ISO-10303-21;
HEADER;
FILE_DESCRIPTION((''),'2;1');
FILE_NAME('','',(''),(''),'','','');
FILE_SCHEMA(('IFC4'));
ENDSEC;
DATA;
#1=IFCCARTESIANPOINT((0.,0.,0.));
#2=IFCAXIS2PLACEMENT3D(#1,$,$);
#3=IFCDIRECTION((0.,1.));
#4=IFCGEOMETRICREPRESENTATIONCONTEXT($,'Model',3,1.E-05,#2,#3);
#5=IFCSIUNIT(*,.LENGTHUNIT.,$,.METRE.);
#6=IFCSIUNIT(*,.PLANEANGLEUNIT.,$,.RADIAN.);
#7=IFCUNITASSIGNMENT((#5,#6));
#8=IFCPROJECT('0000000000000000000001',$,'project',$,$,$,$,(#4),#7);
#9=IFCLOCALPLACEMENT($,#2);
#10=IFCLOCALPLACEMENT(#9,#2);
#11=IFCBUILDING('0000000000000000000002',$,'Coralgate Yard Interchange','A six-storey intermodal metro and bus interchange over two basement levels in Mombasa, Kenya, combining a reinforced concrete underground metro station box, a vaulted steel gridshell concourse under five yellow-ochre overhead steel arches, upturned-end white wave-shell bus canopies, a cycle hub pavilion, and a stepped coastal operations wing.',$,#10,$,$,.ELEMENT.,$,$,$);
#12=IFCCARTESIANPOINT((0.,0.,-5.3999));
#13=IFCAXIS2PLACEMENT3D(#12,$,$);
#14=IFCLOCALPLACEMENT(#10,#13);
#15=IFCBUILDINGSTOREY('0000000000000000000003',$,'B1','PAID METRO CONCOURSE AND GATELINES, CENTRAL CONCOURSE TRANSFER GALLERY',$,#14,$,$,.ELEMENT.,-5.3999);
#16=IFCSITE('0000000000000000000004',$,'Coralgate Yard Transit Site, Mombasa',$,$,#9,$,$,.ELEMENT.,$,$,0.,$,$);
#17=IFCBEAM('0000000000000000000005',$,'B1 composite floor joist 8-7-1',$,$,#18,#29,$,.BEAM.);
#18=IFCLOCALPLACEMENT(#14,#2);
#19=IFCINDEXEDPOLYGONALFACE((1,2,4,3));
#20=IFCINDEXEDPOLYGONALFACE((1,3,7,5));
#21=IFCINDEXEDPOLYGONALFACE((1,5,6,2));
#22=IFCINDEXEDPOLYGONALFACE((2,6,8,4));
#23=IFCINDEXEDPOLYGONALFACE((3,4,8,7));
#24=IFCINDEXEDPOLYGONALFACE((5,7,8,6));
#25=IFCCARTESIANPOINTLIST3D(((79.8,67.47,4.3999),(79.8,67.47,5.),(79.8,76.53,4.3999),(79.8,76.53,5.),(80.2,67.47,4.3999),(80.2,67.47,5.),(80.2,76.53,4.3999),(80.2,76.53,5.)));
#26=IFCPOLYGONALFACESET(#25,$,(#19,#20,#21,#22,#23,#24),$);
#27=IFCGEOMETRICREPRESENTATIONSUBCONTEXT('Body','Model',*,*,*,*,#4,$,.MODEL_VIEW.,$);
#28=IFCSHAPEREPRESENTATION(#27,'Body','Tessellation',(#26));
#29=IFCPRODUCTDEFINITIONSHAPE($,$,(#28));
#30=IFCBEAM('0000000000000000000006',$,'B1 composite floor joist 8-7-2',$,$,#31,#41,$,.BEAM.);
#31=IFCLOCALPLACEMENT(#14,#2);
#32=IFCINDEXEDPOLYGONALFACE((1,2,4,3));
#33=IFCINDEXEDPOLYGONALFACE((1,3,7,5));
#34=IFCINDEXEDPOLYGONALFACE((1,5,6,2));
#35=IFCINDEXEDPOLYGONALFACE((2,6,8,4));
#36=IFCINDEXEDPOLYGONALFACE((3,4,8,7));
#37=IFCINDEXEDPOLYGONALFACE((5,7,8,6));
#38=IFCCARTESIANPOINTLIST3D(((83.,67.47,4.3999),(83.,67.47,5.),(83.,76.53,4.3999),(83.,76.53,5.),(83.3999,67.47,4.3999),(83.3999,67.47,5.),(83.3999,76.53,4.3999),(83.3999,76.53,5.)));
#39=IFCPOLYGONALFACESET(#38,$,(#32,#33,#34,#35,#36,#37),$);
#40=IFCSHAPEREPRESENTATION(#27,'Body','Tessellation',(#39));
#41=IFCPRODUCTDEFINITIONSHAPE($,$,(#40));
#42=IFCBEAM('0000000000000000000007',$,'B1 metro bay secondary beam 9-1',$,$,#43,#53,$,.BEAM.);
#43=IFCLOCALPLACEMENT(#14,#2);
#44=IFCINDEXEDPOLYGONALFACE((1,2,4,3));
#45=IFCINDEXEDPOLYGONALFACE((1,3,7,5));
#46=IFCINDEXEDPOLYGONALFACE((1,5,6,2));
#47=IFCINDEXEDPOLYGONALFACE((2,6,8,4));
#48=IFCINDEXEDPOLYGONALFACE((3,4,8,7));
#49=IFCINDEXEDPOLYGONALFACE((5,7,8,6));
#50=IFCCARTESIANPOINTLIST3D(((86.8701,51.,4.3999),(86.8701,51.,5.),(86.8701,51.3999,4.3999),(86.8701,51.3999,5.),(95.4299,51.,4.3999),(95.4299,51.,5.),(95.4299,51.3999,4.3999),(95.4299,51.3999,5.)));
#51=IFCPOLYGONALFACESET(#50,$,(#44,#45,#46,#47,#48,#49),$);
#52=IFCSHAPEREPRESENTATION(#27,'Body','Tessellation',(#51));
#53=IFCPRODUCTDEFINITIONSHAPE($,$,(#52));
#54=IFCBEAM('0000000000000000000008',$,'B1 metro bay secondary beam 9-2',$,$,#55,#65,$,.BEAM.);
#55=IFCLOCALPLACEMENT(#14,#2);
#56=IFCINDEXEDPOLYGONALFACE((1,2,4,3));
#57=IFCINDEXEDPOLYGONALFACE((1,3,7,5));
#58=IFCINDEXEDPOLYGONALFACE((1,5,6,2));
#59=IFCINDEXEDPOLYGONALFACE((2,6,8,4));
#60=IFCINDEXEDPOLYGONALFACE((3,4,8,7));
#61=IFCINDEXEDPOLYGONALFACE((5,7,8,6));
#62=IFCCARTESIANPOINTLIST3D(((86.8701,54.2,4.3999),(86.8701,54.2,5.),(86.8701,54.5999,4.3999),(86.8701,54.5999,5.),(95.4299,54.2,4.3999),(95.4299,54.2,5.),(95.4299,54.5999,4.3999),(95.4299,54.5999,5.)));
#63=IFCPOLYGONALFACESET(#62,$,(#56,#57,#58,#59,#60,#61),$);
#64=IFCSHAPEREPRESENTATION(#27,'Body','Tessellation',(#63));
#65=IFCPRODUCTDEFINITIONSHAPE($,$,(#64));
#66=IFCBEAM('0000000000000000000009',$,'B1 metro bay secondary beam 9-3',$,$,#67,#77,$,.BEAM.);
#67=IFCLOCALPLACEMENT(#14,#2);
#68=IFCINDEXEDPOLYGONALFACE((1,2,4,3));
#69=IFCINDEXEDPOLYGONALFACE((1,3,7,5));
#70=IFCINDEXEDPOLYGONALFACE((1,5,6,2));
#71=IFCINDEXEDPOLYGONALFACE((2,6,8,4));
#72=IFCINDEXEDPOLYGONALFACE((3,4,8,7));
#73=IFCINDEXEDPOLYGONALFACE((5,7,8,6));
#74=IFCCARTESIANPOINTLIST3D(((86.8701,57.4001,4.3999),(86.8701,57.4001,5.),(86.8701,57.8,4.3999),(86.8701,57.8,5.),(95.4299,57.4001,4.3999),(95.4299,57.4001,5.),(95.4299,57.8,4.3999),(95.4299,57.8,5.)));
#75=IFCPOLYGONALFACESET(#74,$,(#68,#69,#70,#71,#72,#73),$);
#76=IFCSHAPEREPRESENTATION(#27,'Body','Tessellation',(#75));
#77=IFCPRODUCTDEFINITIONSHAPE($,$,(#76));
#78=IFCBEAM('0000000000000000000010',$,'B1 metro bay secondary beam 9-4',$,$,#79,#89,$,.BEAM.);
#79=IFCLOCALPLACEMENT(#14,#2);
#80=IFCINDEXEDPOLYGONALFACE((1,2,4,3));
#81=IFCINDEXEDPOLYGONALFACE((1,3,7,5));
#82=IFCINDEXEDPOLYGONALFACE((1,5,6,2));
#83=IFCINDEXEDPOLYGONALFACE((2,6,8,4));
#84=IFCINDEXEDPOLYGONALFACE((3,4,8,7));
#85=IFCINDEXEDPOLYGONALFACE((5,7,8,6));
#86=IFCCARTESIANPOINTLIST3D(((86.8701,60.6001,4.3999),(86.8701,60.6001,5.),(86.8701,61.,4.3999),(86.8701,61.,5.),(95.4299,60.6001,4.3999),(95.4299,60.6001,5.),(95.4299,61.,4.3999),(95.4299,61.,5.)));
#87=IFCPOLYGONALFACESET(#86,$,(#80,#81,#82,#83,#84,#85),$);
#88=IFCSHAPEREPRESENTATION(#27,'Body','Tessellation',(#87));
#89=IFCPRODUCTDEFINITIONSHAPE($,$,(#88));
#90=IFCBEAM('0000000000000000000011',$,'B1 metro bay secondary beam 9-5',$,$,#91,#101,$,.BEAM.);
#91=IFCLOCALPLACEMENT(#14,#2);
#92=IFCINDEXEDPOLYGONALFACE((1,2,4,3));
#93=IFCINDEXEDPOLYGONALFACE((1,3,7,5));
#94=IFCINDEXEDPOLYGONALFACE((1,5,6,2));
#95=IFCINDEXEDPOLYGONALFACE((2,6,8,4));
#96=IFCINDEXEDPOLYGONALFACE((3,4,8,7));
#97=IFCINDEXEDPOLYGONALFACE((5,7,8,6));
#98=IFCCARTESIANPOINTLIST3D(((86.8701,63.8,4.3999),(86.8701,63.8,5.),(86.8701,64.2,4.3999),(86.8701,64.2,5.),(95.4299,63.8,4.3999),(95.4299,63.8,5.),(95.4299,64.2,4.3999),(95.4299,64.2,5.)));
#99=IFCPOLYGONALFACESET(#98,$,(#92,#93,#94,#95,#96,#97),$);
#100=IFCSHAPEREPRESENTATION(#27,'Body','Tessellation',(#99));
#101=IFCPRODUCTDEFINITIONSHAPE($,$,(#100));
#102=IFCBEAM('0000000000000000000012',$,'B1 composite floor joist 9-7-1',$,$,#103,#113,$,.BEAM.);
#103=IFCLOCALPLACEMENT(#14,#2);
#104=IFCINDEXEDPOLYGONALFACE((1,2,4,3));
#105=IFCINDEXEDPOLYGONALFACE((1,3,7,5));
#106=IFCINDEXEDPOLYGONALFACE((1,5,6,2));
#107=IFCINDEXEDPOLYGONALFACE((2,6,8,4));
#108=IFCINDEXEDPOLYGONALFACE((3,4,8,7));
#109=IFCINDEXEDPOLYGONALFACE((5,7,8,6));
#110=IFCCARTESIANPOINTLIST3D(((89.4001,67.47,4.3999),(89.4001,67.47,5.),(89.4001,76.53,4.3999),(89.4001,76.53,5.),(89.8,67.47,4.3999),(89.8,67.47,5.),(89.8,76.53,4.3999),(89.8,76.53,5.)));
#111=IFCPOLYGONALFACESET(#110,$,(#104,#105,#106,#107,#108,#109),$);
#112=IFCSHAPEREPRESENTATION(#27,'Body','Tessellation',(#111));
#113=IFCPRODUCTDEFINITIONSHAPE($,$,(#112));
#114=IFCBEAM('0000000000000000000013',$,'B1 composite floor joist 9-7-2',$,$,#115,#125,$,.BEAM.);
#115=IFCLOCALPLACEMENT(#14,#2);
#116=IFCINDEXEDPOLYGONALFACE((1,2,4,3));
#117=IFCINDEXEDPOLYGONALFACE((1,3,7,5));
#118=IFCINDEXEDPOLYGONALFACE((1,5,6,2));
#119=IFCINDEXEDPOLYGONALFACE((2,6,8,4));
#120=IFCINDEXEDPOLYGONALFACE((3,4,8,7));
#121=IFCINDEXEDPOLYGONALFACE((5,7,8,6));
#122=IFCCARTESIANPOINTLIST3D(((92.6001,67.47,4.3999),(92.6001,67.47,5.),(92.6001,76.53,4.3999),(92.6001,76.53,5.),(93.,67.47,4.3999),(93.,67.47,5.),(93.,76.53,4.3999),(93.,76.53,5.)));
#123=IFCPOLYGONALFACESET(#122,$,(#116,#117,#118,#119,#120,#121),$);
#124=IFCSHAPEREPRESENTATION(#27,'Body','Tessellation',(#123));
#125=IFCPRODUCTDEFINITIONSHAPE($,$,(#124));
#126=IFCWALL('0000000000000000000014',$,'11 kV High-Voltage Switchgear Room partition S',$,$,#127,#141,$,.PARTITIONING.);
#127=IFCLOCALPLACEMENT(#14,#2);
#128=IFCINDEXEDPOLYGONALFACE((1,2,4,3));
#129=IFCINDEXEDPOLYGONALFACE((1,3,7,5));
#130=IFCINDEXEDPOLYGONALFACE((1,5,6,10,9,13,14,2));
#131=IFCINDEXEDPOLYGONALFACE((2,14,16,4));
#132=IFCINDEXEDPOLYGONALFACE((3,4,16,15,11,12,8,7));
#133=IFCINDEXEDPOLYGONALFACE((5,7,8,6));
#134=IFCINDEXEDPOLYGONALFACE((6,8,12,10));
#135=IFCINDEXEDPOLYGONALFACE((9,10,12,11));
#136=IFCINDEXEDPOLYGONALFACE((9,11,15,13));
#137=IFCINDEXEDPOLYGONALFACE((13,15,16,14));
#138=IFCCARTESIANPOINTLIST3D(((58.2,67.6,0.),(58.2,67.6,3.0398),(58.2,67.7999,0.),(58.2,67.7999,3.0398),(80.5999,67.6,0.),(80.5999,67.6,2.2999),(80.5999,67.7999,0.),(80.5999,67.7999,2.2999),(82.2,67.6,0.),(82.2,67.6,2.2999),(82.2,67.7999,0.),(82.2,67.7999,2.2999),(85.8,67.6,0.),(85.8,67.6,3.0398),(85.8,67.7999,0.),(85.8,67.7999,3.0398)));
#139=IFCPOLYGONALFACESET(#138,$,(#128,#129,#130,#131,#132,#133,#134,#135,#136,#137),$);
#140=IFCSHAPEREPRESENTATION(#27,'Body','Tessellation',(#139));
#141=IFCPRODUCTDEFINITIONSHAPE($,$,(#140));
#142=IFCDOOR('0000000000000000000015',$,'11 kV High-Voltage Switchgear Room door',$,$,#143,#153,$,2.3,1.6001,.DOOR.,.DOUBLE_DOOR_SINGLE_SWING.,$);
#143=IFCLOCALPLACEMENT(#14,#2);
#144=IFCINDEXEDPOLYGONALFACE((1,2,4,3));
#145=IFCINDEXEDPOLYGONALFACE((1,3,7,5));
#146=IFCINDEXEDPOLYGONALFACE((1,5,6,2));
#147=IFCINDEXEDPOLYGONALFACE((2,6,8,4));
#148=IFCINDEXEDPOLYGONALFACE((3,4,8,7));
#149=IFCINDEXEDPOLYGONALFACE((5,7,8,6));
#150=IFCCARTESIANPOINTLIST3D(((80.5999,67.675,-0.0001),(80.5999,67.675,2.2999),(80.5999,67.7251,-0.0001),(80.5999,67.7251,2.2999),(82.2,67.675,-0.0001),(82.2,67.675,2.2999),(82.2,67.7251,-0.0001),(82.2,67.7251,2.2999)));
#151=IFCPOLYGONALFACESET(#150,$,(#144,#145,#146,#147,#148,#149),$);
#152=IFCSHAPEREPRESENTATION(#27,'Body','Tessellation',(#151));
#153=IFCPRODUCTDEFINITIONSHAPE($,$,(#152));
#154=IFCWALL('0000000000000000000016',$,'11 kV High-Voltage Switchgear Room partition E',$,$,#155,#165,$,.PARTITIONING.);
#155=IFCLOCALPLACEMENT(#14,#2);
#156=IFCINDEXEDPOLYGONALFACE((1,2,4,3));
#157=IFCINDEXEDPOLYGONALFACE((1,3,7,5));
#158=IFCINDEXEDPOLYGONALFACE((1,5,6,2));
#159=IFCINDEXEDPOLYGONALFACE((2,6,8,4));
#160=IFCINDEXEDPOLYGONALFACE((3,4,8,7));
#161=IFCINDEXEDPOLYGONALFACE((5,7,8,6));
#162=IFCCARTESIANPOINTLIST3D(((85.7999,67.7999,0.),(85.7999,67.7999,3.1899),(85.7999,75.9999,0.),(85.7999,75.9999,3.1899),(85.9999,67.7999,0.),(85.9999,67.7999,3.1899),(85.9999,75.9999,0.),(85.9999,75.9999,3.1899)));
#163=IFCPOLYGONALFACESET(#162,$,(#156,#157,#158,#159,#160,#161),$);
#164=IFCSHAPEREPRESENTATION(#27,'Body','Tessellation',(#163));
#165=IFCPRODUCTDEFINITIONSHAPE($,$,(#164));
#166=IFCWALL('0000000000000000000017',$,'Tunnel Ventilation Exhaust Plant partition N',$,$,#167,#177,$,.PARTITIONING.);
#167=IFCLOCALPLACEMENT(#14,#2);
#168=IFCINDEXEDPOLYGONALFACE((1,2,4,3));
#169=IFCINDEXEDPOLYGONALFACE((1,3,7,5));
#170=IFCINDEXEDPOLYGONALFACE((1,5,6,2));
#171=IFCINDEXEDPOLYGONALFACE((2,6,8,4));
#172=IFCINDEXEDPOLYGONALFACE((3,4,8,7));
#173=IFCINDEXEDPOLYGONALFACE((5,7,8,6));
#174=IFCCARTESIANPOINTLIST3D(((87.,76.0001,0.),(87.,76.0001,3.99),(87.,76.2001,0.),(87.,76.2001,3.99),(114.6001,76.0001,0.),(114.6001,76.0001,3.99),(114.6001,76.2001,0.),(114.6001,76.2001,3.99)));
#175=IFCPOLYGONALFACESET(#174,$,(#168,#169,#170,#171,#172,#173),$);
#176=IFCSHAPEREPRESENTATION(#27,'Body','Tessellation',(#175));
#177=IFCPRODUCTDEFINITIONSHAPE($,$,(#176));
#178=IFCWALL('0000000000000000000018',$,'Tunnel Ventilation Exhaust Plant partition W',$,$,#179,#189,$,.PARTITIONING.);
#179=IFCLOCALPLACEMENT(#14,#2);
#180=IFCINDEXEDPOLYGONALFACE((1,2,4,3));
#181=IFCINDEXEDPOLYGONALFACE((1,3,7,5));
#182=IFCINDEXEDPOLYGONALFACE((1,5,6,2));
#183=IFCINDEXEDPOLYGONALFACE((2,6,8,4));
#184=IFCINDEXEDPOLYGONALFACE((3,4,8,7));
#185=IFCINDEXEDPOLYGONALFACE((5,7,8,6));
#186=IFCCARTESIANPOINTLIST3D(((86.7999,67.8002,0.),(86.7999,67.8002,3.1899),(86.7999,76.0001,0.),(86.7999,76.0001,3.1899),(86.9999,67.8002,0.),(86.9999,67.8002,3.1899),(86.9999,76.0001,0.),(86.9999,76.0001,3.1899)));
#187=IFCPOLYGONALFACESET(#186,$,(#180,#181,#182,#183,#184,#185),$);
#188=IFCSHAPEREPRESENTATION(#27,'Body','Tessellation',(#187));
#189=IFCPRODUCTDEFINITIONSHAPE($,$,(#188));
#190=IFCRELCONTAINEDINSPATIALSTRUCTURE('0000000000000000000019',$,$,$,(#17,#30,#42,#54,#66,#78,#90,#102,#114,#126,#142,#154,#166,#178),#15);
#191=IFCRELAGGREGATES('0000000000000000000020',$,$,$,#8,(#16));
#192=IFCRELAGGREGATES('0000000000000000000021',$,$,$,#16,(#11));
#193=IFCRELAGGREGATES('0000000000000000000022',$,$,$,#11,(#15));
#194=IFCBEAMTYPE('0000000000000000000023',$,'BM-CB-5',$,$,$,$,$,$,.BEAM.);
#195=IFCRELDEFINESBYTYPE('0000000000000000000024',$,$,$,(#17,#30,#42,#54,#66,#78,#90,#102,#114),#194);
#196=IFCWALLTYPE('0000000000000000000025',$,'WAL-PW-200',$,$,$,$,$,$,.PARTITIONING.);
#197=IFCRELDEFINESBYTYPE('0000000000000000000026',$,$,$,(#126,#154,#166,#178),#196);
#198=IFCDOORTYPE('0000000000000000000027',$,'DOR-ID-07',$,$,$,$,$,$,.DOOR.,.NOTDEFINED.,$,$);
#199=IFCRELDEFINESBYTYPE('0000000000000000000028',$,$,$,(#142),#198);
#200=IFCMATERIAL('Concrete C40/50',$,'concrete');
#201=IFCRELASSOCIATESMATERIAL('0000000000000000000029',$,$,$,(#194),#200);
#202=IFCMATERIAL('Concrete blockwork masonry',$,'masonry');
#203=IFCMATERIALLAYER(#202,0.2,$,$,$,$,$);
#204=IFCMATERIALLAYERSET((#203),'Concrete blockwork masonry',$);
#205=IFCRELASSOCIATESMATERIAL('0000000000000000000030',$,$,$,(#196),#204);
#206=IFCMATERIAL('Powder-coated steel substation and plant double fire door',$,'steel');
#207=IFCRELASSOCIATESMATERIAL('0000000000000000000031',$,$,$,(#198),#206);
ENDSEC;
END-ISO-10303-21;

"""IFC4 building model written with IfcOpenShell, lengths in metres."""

from ifc_helpers import new_model, si_unit, direction, frame, frame_2d, origin, origin_2d, place, context, subcontext, project, spatial, rectangle, extrude, material, layer, layer_set, material_profile, profile_set, type_object, element, fill, save


model = new_model("IFC4")

# Units and contexts
model_context = context("Model", 3, precision=1e-05, world=origin(), true_north=direction((0.0, 1.0)))
body_context = subcontext(model_context, "Body", "Model", "MODEL_VIEW")
ifc_project = project(units=[si_unit("LENGTHUNIT", "METRE"), si_unit("PLANEANGLEUNIT", "RADIAN")], contexts=[model_context])

# Site, building, storey
site_placement = place(None, origin())
site = spatial("IfcSite", under=ifc_project, at=site_placement, Name="Coralgate Yard Transit Site, Mombasa", CompositionType="ELEMENT", RefElevation=0.0)
building_placement = place(site_placement, origin())
building = spatial("IfcBuilding", under=site, at=building_placement, Name="Coralgate Yard Interchange", Description="A six-storey intermodal metro and bus interchange over two basement levels in Mombasa, Kenya, combining a reinforced concrete underground metro station box, a vaulted steel gridshell concourse under five yellow-ochre overhead steel arches, upturned-end white wave-shell bus canopies, a cycle hub pavilion, and a stepped coastal operations wing.", CompositionType="ELEMENT")
storey_placement = place(building_placement, frame((0.0, 0.0, -5.3999)))
storey = spatial("IfcBuildingStorey", under=building, at=storey_placement, Name="B1", Description="PAID METRO CONCOURSE AND GATELINES, CENTRAL CONCOURSE TRANSFER GALLERY", CompositionType="ELEMENT", Elevation=-5.3999)

# Shared definitions
ifc_material_1 = material(Name="Concrete C40/50", Category="concrete")

# Beams
ifc_material_profile_1 = material_profile(ifc_material_1, rectangle(XDim=0.3999, YDim=0.6001, at=origin_2d()), Name="RC 400x600")
ifc_profile_set_1 = profile_set([ifc_material_profile_1], Name="Concrete C40/50")
beam_type_1 = type_object("IfcBeamType", Name="BM-CB-5", PredefinedType="BEAM", material=ifc_profile_set_1)
for number, where, z_axis, x_axis, name in (
    (1, (80.0, 67.47, 4.7), (0.0, 1.0, 0.0), (-1.0, 0.0, 0.0), "B1 composite floor joist 8-7-1"),
    (2, (83.2, 67.47, 4.7), (0.0, 1.0, 0.0), (-1.0, 0.0, 0.0), "B1 composite floor joist 8-7-2"),
):
    element("IfcBeam", number, at=place(storey_placement, frame(where, z_axis=z_axis, x_axis=x_axis)), inside=storey, type_object=beam_type_1, Name=name, PredefinedType="BEAM", context=body_context, shape_type="SweptSolid", body=[
        extrude(rectangle(XDim=0.3999, YDim=0.6001, at=origin_2d()), origin(), (0.0, 0.0, 1.0), 9.0601),
    ])
for number, where, z_axis, x_axis, name in (
    (3, (86.8701, 51.2, 4.7), (1.0, 0.0, 0.0), (0.0, 1.0, 0.0), "B1 metro bay secondary beam 9-1"),
    (4, (86.8701, 54.3999, 4.7), (1.0, 0.0, 0.0), (0.0, 1.0, 0.0), "B1 metro bay secondary beam 9-2"),
    (5, (86.8701, 57.6001, 4.7), (1.0, 0.0, 0.0), (0.0, 1.0, 0.0), "B1 metro bay secondary beam 9-3"),
    (6, (86.8701, 60.8, 4.7), (1.0, 0.0, 0.0), (0.0, 1.0, 0.0), "B1 metro bay secondary beam 9-4"),
    (7, (86.8701, 64.0, 4.7), (1.0, 0.0, 0.0), (0.0, 1.0, 0.0), "B1 metro bay secondary beam 9-5"),
):
    element("IfcBeam", number, at=place(storey_placement, frame(where, z_axis=z_axis, x_axis=x_axis)), inside=storey, type_object=beam_type_1, Name=name, PredefinedType="BEAM", context=body_context, shape_type="SweptSolid", body=[
        extrude(rectangle(XDim=0.3999, YDim=0.6001, at=origin_2d()), origin(), (0.0, 0.0, 1.0), 8.5598),
    ])
for number, where, z_axis, x_axis, name in (
    (8, (89.6001, 67.47, 4.7), (0.0, 1.0, 0.0), (-1.0, 0.0, 0.0), "B1 composite floor joist 9-7-1"),
    (9, (92.8, 67.47, 4.7), (0.0, 1.0, 0.0), (-1.0, 0.0, 0.0), "B1 composite floor joist 9-7-2"),
):
    element("IfcBeam", number, at=place(storey_placement, frame(where, z_axis=z_axis, x_axis=x_axis)), inside=storey, type_object=beam_type_1, Name=name, PredefinedType="BEAM", context=body_context, shape_type="SweptSolid", body=[
        extrude(rectangle(XDim=0.3999, YDim=0.6001, at=origin_2d()), origin(), (0.0, 0.0, 1.0), 9.0601),
    ])

# Wall, opening, door
ifc_material_2 = material(Name="Concrete blockwork masonry", Category="masonry")
ifc_layer = layer(ifc_material_2, 0.2)
ifc_layer_set = layer_set([ifc_layer], Name="Concrete blockwork masonry")
wall_type = type_object("IfcWallType", Name="WAL-PW-200", PredefinedType="PARTITIONING", material=ifc_layer_set)
wall_1_placement = place(storey_placement, frame((85.8, 67.7, 0.0), z_axis=(0.0, 0.0, 1.0), x_axis=(-1.0, 0.0, 0.0)))
wall_1 = element("IfcWall", 10, at=wall_1_placement, inside=storey, type_object=wall_type, Name="11 kV High-Voltage Switchgear Room partition S", PredefinedType="PARTITIONING", context=body_context, shape_type="SweptSolid", body=[
    extrude(rectangle(XDim=27.6001, YDim=0.2, at=frame_2d((13.8, 0.0))), origin(), (0.0, 0.0, 1.0), 3.0398),
])
opening_placement = place(wall_1_placement, frame((3.6001, 0.0, 0.0)))
opening = element("IfcOpeningElement", 11, at=opening_placement, cuts=wall_1, PredefinedType="OPENING", context=body_context, shape_type="SweptSolid", body=[
    extrude(rectangle(XDim=1.6001, YDim=2.3, at=frame_2d((0.8, 1.1499))), frame((0.0, 0.1099, 0.0), z_axis=(0.0, -1.0, 0.0), x_axis=(1.0, 0.0, 0.0)), (0.0, 0.0, 1.0), 0.22),
])
ifc_material_3 = material(Name="Powder-coated steel substation and plant double fire door", Category="steel")
door_type = type_object("IfcDoorType", Name="DOR-ID-07", OperationType="NOTDEFINED", PredefinedType="DOOR", material=ifc_material_3)
door_placement = place(opening_placement, origin())
door = element("IfcDoor", 12, at=door_placement, inside=storey, type_object=door_type, Name="11 kV High-Voltage Switchgear Room door", OperationType="DOUBLE_DOOR_SINGLE_SWING", OverallHeight=2.3, OverallWidth=1.6001, PredefinedType="DOOR", context=body_context, shape_type="SweptSolid", body=[
    extrude(rectangle(XDim=1.6001, YDim=2.3, at=frame_2d((0.8, 1.1499))), frame((0.0, 0.0249, 0.0), z_axis=(0.0, -1.0, 0.0), x_axis=(1.0, 0.0, 0.0)), (0.0, 0.0, 1.0), 0.05),
])
fill(opening, door)

# Walls
wall_2_placement = place(storey_placement, frame((85.8999, 76.0, 0.0), z_axis=(0.0, 0.0, 1.0), x_axis=(0.0, -1.0, 0.0)))
element("IfcWall", 13, at=wall_2_placement, inside=storey, type_object=wall_type, Name="11 kV High-Voltage Switchgear Room partition E", PredefinedType="PARTITIONING", context=body_context, shape_type="SweptSolid", body=[
    extrude(rectangle(XDim=8.2, YDim=0.2, at=frame_2d((4.1001, 0.0))), origin(), (0.0, 0.0, 1.0), 3.1899),
])
wall_3_placement = place(storey_placement, frame((87.0, 76.1001, 0.0), z_axis=(0.0, 0.0, 1.0), x_axis=(1.0, 0.0, 0.0)))
element("IfcWall", 14, at=wall_3_placement, inside=storey, type_object=wall_type, Name="Tunnel Ventilation Exhaust Plant partition N", PredefinedType="PARTITIONING", context=body_context, shape_type="SweptSolid", body=[
    extrude(rectangle(XDim=27.6001, YDim=0.2, at=frame_2d((13.8, 0.0))), origin(), (0.0, 0.0, 1.0), 3.99),
])
wall_4_placement = place(storey_placement, frame((86.8999, 67.8, 0.0), z_axis=(0.0, 0.0, 1.0), x_axis=(0.0, 1.0, 0.0)))
element("IfcWall", 15, at=wall_4_placement, inside=storey, type_object=wall_type, Name="Tunnel Ventilation Exhaust Plant partition W", PredefinedType="PARTITIONING", context=body_context, shape_type="SweptSolid", body=[
    extrude(rectangle(XDim=8.2, YDim=0.2, at=frame_2d((4.1001, 0.0))), origin(), (0.0, 0.0, 1.0), 3.1899),
])

save(model, "model.ifc")
